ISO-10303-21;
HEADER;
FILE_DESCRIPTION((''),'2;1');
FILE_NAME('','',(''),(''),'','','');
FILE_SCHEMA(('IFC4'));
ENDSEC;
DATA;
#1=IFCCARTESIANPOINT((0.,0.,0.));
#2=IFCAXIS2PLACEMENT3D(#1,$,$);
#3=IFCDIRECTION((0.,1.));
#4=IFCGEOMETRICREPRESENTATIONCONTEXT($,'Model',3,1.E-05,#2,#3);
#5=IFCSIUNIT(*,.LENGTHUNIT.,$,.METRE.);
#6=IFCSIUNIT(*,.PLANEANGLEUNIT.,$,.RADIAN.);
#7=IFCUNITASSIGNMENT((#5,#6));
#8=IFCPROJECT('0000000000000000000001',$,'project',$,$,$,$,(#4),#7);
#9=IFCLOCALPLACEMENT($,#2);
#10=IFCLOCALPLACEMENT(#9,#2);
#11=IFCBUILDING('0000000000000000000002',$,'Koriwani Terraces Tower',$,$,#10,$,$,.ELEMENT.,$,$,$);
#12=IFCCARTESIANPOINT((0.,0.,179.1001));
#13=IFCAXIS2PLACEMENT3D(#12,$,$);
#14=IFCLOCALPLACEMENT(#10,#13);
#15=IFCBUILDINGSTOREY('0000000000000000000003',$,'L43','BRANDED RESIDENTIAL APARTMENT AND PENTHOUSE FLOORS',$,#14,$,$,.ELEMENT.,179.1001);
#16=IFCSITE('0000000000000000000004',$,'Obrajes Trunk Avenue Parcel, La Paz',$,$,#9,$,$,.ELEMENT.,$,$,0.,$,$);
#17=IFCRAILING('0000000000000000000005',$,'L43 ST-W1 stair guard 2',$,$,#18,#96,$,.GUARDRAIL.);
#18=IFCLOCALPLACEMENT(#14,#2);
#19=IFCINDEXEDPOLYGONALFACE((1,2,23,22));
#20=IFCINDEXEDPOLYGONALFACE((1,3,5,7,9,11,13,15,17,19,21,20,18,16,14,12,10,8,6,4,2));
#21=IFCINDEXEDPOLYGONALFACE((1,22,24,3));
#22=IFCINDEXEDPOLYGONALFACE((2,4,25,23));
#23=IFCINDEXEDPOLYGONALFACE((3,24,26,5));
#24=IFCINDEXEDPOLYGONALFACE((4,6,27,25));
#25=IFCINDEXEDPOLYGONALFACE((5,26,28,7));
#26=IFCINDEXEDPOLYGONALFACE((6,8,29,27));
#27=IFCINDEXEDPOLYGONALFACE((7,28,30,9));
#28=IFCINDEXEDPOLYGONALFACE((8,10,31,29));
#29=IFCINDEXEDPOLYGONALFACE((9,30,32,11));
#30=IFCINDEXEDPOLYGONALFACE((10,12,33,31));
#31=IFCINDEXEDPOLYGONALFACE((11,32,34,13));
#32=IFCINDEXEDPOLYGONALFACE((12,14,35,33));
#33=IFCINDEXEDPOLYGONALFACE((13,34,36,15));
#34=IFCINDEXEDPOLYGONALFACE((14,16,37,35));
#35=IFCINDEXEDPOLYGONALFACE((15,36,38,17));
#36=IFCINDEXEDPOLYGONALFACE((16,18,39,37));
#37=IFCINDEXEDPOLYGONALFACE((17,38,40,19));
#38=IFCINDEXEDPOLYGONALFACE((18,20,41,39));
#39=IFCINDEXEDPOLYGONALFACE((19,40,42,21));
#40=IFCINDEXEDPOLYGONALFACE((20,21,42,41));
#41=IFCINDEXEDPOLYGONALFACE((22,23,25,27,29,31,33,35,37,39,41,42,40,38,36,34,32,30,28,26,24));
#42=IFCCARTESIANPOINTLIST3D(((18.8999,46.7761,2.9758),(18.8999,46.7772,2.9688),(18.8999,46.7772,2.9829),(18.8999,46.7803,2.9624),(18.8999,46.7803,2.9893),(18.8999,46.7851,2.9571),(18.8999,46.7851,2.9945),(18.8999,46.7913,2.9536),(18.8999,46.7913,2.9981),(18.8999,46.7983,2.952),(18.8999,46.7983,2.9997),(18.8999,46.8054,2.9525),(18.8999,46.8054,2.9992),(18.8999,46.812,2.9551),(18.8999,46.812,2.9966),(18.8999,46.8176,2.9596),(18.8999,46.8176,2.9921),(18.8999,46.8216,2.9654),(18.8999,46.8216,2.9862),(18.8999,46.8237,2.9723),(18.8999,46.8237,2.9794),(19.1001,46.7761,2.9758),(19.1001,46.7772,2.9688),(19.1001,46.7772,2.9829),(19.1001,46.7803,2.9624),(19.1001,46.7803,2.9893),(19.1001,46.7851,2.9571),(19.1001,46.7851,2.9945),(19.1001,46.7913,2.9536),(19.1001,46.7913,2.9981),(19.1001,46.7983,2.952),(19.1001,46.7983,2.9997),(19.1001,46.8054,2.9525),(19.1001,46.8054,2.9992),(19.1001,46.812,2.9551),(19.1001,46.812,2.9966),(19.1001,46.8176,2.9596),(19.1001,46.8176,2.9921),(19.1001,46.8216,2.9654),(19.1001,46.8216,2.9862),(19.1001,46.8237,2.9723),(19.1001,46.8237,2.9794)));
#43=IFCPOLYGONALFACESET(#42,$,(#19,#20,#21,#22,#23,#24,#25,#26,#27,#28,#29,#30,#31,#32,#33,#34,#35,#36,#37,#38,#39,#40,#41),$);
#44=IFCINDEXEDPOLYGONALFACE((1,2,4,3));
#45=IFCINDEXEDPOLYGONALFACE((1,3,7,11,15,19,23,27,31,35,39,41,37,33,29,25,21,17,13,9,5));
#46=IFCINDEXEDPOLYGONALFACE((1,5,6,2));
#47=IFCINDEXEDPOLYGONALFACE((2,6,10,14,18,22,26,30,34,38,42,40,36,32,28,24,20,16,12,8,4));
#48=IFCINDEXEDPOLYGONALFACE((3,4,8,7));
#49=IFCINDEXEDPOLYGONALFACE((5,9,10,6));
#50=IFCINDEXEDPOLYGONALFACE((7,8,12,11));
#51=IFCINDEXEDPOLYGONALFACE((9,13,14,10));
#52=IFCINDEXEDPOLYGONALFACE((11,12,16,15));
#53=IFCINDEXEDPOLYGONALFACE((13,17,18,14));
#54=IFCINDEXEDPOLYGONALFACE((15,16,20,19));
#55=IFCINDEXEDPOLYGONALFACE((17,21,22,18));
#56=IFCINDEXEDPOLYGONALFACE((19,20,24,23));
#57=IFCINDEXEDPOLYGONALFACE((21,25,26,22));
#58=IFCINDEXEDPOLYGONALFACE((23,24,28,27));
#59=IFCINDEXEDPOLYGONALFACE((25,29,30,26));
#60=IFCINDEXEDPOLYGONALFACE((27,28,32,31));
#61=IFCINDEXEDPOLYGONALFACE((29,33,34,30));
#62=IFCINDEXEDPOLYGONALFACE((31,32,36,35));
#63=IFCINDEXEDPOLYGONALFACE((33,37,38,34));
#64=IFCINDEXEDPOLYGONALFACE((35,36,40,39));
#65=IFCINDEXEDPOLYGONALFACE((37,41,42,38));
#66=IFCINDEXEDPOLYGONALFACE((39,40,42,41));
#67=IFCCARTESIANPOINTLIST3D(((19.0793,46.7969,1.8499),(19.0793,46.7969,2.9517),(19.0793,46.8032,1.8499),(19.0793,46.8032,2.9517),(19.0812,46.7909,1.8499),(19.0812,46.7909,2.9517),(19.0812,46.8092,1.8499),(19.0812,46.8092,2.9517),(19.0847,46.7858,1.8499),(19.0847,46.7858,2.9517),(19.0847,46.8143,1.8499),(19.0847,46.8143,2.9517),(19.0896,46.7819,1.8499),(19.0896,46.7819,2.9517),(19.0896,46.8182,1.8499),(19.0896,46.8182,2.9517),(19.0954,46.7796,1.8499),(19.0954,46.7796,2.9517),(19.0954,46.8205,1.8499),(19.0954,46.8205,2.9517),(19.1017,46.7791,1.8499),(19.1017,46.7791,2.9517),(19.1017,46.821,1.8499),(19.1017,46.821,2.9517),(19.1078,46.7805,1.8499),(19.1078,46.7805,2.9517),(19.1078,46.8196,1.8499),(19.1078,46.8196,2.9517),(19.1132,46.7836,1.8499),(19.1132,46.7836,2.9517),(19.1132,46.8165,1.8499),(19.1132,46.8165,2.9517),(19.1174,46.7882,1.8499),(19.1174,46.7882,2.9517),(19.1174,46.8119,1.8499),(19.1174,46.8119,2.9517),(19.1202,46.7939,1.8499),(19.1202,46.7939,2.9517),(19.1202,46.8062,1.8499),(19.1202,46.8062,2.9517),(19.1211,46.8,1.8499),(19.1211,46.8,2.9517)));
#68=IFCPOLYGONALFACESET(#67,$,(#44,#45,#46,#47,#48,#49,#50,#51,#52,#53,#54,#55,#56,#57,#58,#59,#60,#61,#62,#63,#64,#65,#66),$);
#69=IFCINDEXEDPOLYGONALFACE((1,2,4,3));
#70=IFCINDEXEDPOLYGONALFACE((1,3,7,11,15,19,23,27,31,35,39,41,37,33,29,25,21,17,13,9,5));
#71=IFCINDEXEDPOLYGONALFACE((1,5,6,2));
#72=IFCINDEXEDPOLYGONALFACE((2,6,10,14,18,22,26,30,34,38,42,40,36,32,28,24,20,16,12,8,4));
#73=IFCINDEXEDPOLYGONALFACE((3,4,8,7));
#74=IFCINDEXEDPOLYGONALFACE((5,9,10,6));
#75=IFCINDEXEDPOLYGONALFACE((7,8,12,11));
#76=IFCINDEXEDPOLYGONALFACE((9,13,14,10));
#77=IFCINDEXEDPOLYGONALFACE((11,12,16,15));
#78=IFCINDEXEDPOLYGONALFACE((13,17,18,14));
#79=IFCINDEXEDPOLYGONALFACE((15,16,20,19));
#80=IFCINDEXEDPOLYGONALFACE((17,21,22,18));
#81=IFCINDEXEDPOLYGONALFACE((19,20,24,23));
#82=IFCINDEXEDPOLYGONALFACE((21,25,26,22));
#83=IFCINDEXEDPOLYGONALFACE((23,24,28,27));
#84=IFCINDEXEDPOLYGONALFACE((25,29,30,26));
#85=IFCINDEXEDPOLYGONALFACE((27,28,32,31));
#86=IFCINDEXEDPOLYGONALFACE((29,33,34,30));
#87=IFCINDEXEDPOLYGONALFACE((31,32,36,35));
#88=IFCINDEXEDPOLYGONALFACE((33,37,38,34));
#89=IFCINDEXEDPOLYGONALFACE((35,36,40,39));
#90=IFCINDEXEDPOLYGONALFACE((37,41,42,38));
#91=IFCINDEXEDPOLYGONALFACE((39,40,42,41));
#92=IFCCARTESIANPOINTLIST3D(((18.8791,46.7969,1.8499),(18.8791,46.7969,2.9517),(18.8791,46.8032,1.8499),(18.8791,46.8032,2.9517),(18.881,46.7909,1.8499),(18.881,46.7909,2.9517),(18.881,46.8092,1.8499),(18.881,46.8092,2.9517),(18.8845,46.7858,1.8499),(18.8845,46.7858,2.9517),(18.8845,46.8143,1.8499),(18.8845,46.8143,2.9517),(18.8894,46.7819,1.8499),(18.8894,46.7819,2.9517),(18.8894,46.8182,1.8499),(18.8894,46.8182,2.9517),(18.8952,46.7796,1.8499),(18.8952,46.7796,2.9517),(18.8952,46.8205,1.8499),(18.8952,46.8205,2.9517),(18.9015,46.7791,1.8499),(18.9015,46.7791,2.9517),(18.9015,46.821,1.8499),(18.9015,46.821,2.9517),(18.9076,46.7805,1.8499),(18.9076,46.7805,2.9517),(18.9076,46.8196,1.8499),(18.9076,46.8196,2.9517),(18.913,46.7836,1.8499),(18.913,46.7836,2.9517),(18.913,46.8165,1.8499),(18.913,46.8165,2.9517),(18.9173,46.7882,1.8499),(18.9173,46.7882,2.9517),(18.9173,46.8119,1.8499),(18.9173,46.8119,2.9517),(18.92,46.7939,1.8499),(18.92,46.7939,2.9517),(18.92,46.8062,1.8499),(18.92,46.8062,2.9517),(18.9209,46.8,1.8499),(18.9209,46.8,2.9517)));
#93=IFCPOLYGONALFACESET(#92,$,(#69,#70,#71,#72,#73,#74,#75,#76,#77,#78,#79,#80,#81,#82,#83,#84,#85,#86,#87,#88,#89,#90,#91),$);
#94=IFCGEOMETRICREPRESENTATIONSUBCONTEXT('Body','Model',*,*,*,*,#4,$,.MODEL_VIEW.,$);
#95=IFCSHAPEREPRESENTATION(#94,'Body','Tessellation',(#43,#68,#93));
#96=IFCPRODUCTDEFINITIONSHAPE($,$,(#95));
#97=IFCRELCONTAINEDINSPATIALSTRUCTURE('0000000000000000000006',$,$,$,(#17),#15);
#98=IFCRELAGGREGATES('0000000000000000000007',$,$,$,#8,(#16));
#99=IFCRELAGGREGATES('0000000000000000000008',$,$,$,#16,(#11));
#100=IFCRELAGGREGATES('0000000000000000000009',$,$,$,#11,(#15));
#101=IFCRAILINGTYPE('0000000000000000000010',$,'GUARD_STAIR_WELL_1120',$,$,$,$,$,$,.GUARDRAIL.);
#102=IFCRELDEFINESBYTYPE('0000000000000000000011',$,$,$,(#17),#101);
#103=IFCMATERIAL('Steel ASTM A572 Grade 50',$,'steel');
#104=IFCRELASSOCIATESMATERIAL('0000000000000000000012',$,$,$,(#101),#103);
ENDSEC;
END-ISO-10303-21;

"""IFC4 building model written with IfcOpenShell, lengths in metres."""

from ifc_helpers import new_model, si_unit, direction, frame, origin, origin_2d, place, context, subcontext, project, spatial, circle, extrude, material, type_object, element, save


model = new_model("IFC4")

# Units and contexts
model_context = context("Model", 3, precision=1e-05, world=origin(), true_north=direction((0.0, 1.0)))
body_context = subcontext(model_context, "Body", "Model", "MODEL_VIEW")
ifc_project = project(units=[si_unit("LENGTHUNIT", "METRE"), si_unit("PLANEANGLEUNIT", "RADIAN")], contexts=[model_context])

# Site, building, storey
site_placement = place(None, origin())
site = spatial("IfcSite", under=ifc_project, at=site_placement, Name="Obrajes Trunk Avenue Parcel, La Paz", CompositionType="ELEMENT", RefElevation=0.0)
building_placement = place(site_placement, origin())
building = spatial("IfcBuilding", under=site, at=building_placement, Name="Koriwani Terraces Tower", CompositionType="ELEMENT")
storey_placement = place(building_placement, frame((0.0, 0.0, 179.1001)))
storey = spatial("IfcBuildingStorey", under=building, at=storey_placement, Name="L43", Description="BRANDED RESIDENTIAL APARTMENT AND PENTHOUSE FLOORS", CompositionType="ELEMENT", Elevation=179.1001)

# Shared definitions
ifc_material_1 = material(Name="Steel ASTM A572 Grade 50", Category="steel")

# Railing
railing_type_1 = type_object("IfcRailingType", Name="GUARD_STAIR_WELL_1120", PredefinedType="GUARDRAIL", material=ifc_material_1)
railing_1_placement = place(storey_placement, frame((19.1001, 46.8, 1.8499)))
element("IfcRailing", 1, at=railing_1_placement, inside=storey, type_object=railing_type_1, Name="L43 ST-W1 stair guard 2", PredefinedType="GUARDRAIL", context=body_context, shape_type="SweptSolid", body=[
    extrude(circle(Radius=0.0239, at=origin_2d()), frame((0.0, 0.0, 1.126), z_axis=(-1.0, 0.0, 0.0), x_axis=(0.0, -1.0, 0.0)), (0.0, 0.0, 1.0), 0.2002),
    extrude(circle(Radius=0.021, at=origin_2d()), origin(), (0.0, 0.0, 1.0), 1.1018),
    extrude(circle(Radius=0.021, at=origin_2d()), frame((-0.2002, 0.0, 0.0)), (0.0, 0.0, 1.0), 1.1018),
])

save(model, "model.ifc")
